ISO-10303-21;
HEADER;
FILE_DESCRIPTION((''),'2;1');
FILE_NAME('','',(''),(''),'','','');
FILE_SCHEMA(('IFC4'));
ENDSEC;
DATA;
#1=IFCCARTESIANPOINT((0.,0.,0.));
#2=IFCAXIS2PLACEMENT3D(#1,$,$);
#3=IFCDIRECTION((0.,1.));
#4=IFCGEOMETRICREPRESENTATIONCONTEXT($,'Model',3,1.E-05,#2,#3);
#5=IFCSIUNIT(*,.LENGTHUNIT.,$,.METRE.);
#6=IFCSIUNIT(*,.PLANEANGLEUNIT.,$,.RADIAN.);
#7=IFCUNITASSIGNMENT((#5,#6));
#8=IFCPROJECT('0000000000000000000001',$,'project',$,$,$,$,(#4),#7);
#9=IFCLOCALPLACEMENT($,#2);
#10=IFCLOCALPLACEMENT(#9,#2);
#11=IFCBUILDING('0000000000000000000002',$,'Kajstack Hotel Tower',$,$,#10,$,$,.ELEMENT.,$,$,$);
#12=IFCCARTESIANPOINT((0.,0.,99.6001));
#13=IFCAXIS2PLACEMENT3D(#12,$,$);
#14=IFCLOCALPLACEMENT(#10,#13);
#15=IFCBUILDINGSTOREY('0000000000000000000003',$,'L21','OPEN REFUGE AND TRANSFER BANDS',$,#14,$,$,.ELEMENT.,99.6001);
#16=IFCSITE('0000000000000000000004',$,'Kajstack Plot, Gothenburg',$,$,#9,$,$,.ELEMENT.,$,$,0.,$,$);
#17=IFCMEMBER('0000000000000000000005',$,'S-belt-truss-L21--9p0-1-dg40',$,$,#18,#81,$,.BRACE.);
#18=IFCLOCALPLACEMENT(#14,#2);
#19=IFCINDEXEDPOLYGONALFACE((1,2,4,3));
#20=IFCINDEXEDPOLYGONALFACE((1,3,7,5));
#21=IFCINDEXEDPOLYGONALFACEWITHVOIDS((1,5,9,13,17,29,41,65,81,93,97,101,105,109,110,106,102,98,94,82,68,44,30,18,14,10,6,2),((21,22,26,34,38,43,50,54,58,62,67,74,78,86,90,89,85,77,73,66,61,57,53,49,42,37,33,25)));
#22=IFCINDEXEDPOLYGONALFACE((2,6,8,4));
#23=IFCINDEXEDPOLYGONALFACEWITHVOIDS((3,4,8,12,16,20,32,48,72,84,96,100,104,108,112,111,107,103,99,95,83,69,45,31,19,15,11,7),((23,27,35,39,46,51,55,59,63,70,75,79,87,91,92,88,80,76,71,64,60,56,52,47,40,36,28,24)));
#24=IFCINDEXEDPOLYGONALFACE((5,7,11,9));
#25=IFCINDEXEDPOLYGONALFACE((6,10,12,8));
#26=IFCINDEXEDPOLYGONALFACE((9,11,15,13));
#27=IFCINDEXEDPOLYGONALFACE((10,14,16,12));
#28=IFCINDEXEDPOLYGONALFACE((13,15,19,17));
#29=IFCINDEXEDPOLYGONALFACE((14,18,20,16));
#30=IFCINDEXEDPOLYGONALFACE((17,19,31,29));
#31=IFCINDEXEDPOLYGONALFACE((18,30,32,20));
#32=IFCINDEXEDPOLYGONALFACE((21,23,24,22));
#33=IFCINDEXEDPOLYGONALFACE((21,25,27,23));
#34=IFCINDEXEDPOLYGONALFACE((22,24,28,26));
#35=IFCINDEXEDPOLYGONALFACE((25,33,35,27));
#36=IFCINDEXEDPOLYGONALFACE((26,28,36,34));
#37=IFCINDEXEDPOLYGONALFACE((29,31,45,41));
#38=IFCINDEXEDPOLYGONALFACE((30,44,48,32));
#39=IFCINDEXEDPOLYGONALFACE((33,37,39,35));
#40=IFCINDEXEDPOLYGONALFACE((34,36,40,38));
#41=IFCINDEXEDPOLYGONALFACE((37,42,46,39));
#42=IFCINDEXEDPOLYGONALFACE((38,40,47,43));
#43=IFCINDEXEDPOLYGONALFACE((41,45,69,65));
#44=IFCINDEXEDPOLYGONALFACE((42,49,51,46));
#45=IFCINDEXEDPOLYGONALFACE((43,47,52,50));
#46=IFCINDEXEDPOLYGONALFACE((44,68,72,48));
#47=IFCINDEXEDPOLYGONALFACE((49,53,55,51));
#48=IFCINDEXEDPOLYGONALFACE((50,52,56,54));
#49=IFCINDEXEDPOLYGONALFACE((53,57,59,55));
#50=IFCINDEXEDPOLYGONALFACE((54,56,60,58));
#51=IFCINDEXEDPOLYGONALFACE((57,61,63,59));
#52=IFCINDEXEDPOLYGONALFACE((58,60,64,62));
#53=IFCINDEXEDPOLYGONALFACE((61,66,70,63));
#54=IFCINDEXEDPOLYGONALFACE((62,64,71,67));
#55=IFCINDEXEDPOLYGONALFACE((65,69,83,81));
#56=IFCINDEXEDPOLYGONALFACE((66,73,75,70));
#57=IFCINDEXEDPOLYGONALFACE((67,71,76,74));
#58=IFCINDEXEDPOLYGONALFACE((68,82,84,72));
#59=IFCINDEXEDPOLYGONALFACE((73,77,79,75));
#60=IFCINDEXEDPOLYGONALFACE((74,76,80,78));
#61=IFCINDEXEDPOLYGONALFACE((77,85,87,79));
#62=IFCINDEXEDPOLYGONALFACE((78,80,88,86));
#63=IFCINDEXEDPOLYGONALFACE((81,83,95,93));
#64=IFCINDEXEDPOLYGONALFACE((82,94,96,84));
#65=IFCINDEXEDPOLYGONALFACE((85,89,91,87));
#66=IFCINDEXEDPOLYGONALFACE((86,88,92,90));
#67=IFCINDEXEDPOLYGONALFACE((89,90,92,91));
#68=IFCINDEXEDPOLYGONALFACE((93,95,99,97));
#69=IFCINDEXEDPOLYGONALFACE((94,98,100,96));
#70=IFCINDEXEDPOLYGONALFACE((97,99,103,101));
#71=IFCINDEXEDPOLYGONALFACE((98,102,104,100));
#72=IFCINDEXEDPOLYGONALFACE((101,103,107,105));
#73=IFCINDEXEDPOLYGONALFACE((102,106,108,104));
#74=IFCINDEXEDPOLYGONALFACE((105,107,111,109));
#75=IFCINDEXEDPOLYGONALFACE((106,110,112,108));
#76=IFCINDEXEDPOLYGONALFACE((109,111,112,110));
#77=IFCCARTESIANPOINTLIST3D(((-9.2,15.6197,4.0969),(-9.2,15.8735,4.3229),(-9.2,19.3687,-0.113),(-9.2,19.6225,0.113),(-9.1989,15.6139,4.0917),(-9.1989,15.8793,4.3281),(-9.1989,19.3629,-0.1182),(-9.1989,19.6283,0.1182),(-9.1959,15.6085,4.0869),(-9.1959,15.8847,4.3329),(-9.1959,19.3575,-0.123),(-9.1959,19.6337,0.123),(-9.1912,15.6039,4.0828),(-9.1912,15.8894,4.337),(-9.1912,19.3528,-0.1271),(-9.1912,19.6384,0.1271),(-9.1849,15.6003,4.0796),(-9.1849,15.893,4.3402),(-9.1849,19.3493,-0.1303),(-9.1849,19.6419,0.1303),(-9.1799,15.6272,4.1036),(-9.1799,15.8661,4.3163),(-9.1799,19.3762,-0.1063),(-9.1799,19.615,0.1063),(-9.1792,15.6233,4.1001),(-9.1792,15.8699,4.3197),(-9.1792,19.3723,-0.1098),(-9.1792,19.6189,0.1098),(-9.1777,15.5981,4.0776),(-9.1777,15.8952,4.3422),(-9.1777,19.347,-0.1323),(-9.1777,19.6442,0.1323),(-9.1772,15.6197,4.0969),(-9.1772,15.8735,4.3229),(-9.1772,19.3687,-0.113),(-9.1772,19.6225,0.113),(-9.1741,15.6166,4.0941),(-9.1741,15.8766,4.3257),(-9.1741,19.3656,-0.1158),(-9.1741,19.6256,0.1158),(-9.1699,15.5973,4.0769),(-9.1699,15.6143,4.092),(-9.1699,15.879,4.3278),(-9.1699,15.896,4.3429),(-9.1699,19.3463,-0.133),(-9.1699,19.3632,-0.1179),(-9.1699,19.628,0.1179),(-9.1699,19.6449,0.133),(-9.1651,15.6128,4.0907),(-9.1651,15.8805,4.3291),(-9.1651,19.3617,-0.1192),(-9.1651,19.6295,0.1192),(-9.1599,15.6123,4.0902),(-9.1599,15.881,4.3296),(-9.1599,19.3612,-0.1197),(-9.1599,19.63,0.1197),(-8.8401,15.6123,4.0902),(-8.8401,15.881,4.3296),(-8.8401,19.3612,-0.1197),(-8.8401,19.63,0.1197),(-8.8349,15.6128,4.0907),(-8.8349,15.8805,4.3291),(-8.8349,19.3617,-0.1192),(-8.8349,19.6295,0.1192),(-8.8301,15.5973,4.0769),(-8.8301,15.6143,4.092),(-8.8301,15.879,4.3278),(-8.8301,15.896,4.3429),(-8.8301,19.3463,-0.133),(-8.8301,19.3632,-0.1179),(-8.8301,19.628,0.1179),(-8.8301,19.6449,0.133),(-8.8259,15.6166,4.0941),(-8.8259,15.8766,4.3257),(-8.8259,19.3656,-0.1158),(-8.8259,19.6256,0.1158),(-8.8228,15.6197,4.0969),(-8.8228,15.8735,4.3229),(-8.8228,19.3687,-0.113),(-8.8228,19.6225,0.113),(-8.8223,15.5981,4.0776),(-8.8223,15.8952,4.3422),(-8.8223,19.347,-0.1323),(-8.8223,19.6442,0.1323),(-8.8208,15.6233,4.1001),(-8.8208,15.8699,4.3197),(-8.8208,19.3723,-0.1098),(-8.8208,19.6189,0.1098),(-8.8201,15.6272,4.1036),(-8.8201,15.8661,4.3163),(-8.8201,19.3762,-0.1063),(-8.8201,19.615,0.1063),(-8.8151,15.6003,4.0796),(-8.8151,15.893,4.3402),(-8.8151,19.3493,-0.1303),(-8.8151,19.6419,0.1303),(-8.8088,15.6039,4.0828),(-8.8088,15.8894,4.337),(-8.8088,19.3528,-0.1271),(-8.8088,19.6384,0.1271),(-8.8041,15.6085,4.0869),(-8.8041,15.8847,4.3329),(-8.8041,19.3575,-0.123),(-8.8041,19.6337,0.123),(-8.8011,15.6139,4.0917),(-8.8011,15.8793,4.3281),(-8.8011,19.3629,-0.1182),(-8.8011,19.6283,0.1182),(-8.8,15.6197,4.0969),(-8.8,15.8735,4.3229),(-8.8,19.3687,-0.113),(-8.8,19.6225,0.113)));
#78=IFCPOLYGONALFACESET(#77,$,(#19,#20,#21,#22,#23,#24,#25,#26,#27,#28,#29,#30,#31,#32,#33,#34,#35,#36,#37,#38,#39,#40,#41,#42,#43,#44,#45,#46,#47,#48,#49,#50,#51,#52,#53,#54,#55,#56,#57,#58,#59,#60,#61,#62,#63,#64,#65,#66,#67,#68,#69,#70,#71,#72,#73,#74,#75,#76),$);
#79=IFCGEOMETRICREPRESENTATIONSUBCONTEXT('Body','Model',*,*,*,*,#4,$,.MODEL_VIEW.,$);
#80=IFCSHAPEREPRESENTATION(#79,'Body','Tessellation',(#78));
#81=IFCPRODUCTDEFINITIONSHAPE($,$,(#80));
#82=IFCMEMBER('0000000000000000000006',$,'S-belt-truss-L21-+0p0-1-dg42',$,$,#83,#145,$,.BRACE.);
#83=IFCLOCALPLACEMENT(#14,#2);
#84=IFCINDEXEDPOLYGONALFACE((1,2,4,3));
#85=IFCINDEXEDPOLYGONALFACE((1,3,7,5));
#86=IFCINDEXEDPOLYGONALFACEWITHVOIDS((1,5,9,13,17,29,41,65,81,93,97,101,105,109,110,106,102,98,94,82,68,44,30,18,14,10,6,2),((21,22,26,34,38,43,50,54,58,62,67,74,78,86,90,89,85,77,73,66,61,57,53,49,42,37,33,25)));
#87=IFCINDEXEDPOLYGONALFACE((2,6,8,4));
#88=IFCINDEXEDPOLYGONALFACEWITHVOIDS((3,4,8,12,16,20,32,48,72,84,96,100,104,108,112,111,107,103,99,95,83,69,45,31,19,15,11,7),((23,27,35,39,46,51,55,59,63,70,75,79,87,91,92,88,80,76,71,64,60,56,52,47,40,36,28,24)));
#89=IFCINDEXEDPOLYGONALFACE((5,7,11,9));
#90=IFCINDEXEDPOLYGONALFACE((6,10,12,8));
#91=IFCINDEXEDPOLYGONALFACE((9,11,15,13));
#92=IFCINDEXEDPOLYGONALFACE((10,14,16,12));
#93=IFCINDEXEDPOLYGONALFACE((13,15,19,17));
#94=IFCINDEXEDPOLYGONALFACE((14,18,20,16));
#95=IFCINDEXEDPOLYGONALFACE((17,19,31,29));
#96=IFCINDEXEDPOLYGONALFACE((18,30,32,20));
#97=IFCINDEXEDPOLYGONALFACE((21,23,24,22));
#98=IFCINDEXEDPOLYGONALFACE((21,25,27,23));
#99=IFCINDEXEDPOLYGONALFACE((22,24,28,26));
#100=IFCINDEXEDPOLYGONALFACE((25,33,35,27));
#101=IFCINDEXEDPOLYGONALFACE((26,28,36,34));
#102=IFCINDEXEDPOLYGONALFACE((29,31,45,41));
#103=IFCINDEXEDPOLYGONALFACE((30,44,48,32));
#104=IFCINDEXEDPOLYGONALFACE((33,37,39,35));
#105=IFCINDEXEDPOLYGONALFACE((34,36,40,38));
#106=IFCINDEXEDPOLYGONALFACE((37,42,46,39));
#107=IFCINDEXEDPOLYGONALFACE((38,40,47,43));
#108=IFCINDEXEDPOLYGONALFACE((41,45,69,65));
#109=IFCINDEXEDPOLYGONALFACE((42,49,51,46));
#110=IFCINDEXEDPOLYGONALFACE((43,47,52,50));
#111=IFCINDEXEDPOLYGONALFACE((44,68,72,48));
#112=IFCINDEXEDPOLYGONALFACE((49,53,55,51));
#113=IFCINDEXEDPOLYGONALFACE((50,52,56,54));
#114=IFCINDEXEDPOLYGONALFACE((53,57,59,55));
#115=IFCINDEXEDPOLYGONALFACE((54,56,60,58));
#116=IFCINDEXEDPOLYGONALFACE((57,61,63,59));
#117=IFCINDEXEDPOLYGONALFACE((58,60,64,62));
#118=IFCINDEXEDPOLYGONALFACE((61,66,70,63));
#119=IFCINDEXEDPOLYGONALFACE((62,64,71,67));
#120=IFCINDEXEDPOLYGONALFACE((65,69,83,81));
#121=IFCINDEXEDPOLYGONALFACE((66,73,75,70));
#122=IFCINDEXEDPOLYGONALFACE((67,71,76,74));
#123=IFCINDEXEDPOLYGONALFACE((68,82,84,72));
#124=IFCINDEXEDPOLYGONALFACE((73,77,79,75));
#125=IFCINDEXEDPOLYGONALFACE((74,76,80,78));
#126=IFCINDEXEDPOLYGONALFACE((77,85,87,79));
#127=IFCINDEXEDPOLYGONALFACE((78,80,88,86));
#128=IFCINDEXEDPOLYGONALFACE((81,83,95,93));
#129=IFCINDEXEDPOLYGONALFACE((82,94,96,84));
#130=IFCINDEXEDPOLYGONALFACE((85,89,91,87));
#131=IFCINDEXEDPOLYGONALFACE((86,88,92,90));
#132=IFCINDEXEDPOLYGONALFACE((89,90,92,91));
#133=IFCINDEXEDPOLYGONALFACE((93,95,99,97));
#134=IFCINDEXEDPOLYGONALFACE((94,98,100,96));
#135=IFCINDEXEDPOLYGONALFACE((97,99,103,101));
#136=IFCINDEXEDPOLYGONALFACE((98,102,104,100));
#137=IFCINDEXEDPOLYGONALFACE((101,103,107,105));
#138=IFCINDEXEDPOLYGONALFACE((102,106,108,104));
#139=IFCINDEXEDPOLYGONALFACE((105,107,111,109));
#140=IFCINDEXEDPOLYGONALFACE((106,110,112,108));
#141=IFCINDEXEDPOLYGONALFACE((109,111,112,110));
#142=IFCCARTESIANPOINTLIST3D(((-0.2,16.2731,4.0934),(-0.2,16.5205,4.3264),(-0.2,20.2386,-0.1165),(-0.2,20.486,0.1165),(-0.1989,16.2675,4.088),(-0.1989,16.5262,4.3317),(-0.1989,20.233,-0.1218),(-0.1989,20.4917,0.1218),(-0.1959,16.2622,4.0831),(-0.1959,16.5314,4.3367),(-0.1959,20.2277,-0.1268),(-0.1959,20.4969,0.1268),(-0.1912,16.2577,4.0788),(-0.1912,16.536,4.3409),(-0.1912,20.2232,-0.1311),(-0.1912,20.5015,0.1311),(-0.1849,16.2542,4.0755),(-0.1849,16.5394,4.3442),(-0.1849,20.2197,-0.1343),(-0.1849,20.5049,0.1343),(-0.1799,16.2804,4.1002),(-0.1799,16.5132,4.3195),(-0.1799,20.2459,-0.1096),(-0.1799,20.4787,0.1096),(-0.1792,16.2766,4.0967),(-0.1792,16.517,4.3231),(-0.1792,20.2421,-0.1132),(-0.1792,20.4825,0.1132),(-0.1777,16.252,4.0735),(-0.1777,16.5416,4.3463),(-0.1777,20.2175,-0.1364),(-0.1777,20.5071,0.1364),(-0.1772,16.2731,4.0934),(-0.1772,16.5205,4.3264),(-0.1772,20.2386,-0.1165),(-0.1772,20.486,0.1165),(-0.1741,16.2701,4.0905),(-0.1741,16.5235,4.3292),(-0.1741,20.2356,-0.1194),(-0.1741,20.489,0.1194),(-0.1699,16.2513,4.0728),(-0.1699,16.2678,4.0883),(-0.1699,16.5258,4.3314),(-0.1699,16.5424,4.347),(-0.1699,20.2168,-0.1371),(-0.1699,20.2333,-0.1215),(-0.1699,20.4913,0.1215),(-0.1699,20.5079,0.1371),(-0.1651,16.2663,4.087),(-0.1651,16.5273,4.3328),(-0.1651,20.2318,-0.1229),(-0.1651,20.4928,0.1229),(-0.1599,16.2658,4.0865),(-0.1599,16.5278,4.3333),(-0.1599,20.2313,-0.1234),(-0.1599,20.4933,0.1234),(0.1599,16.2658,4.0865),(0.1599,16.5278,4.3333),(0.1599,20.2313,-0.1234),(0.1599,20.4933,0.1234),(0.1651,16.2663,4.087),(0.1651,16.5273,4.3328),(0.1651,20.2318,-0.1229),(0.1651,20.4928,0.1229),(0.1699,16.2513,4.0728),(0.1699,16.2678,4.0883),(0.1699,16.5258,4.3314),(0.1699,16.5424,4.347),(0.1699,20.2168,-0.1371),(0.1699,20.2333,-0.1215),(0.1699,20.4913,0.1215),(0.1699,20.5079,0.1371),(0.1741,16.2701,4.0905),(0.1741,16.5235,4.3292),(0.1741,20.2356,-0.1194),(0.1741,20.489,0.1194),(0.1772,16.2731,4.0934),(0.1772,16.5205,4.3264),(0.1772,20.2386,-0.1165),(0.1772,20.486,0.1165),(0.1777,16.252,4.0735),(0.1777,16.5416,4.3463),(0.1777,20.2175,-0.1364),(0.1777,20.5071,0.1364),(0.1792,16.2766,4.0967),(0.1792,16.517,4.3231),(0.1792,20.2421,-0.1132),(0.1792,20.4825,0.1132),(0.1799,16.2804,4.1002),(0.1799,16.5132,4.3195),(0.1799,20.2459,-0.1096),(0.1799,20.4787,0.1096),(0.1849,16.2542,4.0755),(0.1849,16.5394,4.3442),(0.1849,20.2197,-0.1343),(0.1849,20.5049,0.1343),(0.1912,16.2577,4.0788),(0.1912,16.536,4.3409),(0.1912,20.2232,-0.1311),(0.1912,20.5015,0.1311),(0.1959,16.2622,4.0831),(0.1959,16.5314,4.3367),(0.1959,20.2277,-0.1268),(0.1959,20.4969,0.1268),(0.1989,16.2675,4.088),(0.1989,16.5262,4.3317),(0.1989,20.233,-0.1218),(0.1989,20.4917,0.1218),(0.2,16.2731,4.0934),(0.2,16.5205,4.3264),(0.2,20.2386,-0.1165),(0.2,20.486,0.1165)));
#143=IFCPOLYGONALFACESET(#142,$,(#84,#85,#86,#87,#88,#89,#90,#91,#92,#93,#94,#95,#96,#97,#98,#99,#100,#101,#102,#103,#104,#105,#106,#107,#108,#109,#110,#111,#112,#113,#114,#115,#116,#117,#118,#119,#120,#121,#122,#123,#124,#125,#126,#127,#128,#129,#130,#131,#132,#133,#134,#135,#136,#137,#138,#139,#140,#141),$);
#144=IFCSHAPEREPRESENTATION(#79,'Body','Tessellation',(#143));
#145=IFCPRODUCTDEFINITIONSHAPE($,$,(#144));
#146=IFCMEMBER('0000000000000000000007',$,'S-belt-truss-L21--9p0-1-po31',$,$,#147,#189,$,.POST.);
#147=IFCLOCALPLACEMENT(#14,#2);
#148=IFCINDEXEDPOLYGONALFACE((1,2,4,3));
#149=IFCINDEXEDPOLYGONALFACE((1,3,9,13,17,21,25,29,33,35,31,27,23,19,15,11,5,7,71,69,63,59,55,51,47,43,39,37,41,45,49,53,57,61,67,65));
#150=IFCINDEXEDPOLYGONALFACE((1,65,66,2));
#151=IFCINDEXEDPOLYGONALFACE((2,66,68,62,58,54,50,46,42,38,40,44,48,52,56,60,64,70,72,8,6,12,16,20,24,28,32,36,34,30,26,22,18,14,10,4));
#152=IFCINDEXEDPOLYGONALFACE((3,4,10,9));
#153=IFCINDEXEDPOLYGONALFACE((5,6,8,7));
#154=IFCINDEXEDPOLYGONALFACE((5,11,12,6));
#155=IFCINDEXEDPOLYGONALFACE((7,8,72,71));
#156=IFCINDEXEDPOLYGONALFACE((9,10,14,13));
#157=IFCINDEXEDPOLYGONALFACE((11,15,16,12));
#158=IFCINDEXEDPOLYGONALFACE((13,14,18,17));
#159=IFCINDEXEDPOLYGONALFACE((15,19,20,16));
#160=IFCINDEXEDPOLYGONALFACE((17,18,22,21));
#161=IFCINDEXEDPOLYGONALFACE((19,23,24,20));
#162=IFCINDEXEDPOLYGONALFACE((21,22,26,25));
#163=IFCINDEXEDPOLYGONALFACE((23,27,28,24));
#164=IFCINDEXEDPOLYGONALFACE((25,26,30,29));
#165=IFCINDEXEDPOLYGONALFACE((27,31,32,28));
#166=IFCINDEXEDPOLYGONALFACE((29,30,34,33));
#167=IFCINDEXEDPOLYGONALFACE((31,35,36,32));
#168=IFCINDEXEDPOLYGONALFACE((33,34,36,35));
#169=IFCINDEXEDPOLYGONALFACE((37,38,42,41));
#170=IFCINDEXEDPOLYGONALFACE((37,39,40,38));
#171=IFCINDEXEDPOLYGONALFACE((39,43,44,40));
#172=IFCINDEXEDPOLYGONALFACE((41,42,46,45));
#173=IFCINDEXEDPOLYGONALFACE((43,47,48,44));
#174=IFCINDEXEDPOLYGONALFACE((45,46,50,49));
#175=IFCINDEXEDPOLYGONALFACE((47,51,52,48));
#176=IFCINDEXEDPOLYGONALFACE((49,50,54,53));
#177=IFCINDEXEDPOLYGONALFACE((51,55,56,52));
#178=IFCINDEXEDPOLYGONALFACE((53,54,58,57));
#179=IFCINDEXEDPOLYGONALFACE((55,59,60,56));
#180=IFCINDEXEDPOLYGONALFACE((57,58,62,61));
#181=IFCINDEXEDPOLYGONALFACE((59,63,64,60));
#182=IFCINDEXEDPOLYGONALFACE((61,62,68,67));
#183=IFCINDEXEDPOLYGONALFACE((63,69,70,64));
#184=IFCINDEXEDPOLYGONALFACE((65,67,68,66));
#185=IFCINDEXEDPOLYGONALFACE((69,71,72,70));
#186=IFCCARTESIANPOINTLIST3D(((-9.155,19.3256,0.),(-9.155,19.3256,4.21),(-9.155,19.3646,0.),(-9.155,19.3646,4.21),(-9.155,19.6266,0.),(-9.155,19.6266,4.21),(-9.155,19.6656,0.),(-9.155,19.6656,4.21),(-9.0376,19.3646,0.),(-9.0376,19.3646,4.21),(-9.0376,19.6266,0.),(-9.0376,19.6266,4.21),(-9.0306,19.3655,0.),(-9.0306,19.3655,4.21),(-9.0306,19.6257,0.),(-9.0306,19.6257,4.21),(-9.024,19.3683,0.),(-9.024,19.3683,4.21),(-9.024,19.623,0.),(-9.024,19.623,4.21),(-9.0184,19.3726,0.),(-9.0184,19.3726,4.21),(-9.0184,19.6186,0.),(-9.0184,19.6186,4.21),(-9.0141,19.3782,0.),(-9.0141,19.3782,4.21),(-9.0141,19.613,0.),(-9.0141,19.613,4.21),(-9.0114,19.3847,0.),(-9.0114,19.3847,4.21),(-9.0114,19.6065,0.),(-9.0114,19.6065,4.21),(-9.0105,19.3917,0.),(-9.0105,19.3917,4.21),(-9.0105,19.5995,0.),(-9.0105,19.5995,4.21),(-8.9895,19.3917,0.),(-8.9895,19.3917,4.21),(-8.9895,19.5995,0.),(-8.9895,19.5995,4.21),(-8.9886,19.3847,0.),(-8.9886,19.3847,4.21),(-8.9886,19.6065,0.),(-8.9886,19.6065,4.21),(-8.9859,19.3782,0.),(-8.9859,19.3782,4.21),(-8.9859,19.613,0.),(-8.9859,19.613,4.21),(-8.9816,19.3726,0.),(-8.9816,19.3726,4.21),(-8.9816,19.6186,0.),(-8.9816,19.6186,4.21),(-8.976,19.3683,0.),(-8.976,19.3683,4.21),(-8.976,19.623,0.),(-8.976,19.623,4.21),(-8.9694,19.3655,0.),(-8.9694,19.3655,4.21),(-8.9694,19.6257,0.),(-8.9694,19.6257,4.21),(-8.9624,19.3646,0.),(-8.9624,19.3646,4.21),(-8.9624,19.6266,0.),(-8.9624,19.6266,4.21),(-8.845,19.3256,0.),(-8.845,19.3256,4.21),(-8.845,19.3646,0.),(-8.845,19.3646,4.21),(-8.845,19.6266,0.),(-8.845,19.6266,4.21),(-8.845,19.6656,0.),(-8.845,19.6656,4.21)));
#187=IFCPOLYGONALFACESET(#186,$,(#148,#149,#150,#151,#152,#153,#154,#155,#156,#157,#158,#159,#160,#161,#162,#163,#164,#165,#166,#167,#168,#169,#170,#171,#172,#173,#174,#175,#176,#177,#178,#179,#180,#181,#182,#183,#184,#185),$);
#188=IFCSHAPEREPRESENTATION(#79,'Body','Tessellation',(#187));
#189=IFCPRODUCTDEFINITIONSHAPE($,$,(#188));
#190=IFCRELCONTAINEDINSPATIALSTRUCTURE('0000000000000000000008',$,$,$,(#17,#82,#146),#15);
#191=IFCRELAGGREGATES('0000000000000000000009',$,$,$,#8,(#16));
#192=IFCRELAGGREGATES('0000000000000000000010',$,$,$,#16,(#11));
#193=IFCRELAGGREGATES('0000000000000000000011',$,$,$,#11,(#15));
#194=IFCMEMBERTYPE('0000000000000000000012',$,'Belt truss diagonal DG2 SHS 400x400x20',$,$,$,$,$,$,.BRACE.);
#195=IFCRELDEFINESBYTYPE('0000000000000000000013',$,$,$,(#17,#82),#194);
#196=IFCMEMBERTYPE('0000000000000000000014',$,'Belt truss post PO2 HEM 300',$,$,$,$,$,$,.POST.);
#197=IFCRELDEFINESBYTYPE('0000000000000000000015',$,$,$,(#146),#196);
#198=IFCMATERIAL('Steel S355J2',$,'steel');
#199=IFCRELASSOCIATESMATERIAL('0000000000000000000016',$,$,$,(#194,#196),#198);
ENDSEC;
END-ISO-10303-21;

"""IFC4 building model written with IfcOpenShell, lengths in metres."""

from ifc_helpers import new_model, si_unit, direction, frame, origin, origin_2d, place, context, subcontext, project, spatial, hollow_rectangle, i_section, extrude, material, material_profile, profile_set, type_object, element, save


model = new_model("IFC4")

# Units and contexts
model_context = context("Model", 3, precision=1e-05, world=origin(), true_north=direction((0.0, 1.0)))
body_context = subcontext(model_context, "Body", "Model", "MODEL_VIEW")
ifc_project = project(units=[si_unit("LENGTHUNIT", "METRE"), si_unit("PLANEANGLEUNIT", "RADIAN")], contexts=[model_context])

# Site, building, storey
site_placement = place(None, origin())
site = spatial("IfcSite", under=ifc_project, at=site_placement, Name="Kajstack Plot, Gothenburg", CompositionType="ELEMENT", RefElevation=0.0)
building_placement = place(site_placement, origin())
building = spatial("IfcBuilding", under=site, at=building_placement, Name="Kajstack Hotel Tower", CompositionType="ELEMENT")
storey_placement = place(building_placement, frame((0.0, 0.0, 99.6001)))
storey = spatial("IfcBuildingStorey", under=building, at=storey_placement, Name="L21", Description="OPEN REFUGE AND TRANSFER BANDS", CompositionType="ELEMENT", Elevation=99.6001)

# Members
ifc_material = material(Name="Steel S355J2", Category="steel")
ifc_material_profile_1 = material_profile(ifc_material, hollow_rectangle(XDim=0.3999, YDim=0.3999, WallThickness=0.02, InnerFilletRadius=0.02, OuterFilletRadius=0.03, at=origin_2d()), Name="SHS 400x400x20")
ifc_profile_set_1 = profile_set([ifc_material_profile_1], Name="Steel S355J2")
member_type_1 = type_object("IfcMemberType", Name="Belt truss diagonal DG2 SHS 400x400x20", PredefinedType="BRACE", material=ifc_profile_set_1)
member_1_placement = place(storey_placement, frame((-9.0, 19.4956, 0.0), z_axis=(0.0, -0.665041, 0.746807), x_axis=(1.0, 0.0, 0.0)))
element("IfcMember", 1, at=member_1_placement, inside=storey, type_object=member_type_1, Name="S-belt-truss-L21--9p0-1-dg40", PredefinedType="BRACE", context=body_context, shape_type="SweptSolid", body=[
    extrude(hollow_rectangle(XDim=0.3999, YDim=0.3999, WallThickness=0.02, InnerFilletRadius=0.02, OuterFilletRadius=0.03, at=origin_2d()), origin(), (0.0, 0.0, 1.0), 5.6372),
])
member_2_placement = place(storey_placement, frame((0.0, 20.3623, 0.0), z_axis=(0.0, -0.685664, 0.727919), x_axis=(1.0, 0.0, 0.0)))
element("IfcMember", 2, at=member_2_placement, inside=storey, type_object=member_type_1, Name="S-belt-truss-L21-+0p0-1-dg42", PredefinedType="BRACE", context=body_context, shape_type="SweptSolid", body=[
    extrude(hollow_rectangle(XDim=0.3999, YDim=0.3999, WallThickness=0.02, InnerFilletRadius=0.02, OuterFilletRadius=0.03, at=origin_2d()), origin(), (0.0, 0.0, 1.0), 5.7834),
])
ifc_material_profile_2 = material_profile(ifc_material, i_section(OverallWidth=0.3101, OverallDepth=0.3401, WebThickness=0.021, FlangeThickness=0.0391, FilletRadius=0.0271, at=origin_2d()), Name="HEM 300")
ifc_profile_set_2 = profile_set([ifc_material_profile_2], Name="Steel S355J2")
member_type_2 = type_object("IfcMemberType", Name="Belt truss post PO2 HEM 300", PredefinedType="POST", material=ifc_profile_set_2)
for number, where, z_axis, x_axis, name in (
    (3, (-9.0, 19.4956, 0.0), (0.0, 0.0, 1.0), (1.0, 0.0, 0.0), "S-belt-truss-L21--9p0-1-po31"),
):
    element("IfcMember", number, at=place(storey_placement, frame(where, z_axis=z_axis, x_axis=x_axis)), inside=storey, type_object=member_type_2, Name=name, PredefinedType="POST", context=body_context, shape_type="SweptSolid", body=[
        extrude(i_section(OverallWidth=0.3101, OverallDepth=0.3401, WebThickness=0.021, FlangeThickness=0.0391, FilletRadius=0.0271, at=origin_2d()), origin(), (0.0, 0.0, 1.0), 4.21),
    ])

save(model, "model.ifc")
